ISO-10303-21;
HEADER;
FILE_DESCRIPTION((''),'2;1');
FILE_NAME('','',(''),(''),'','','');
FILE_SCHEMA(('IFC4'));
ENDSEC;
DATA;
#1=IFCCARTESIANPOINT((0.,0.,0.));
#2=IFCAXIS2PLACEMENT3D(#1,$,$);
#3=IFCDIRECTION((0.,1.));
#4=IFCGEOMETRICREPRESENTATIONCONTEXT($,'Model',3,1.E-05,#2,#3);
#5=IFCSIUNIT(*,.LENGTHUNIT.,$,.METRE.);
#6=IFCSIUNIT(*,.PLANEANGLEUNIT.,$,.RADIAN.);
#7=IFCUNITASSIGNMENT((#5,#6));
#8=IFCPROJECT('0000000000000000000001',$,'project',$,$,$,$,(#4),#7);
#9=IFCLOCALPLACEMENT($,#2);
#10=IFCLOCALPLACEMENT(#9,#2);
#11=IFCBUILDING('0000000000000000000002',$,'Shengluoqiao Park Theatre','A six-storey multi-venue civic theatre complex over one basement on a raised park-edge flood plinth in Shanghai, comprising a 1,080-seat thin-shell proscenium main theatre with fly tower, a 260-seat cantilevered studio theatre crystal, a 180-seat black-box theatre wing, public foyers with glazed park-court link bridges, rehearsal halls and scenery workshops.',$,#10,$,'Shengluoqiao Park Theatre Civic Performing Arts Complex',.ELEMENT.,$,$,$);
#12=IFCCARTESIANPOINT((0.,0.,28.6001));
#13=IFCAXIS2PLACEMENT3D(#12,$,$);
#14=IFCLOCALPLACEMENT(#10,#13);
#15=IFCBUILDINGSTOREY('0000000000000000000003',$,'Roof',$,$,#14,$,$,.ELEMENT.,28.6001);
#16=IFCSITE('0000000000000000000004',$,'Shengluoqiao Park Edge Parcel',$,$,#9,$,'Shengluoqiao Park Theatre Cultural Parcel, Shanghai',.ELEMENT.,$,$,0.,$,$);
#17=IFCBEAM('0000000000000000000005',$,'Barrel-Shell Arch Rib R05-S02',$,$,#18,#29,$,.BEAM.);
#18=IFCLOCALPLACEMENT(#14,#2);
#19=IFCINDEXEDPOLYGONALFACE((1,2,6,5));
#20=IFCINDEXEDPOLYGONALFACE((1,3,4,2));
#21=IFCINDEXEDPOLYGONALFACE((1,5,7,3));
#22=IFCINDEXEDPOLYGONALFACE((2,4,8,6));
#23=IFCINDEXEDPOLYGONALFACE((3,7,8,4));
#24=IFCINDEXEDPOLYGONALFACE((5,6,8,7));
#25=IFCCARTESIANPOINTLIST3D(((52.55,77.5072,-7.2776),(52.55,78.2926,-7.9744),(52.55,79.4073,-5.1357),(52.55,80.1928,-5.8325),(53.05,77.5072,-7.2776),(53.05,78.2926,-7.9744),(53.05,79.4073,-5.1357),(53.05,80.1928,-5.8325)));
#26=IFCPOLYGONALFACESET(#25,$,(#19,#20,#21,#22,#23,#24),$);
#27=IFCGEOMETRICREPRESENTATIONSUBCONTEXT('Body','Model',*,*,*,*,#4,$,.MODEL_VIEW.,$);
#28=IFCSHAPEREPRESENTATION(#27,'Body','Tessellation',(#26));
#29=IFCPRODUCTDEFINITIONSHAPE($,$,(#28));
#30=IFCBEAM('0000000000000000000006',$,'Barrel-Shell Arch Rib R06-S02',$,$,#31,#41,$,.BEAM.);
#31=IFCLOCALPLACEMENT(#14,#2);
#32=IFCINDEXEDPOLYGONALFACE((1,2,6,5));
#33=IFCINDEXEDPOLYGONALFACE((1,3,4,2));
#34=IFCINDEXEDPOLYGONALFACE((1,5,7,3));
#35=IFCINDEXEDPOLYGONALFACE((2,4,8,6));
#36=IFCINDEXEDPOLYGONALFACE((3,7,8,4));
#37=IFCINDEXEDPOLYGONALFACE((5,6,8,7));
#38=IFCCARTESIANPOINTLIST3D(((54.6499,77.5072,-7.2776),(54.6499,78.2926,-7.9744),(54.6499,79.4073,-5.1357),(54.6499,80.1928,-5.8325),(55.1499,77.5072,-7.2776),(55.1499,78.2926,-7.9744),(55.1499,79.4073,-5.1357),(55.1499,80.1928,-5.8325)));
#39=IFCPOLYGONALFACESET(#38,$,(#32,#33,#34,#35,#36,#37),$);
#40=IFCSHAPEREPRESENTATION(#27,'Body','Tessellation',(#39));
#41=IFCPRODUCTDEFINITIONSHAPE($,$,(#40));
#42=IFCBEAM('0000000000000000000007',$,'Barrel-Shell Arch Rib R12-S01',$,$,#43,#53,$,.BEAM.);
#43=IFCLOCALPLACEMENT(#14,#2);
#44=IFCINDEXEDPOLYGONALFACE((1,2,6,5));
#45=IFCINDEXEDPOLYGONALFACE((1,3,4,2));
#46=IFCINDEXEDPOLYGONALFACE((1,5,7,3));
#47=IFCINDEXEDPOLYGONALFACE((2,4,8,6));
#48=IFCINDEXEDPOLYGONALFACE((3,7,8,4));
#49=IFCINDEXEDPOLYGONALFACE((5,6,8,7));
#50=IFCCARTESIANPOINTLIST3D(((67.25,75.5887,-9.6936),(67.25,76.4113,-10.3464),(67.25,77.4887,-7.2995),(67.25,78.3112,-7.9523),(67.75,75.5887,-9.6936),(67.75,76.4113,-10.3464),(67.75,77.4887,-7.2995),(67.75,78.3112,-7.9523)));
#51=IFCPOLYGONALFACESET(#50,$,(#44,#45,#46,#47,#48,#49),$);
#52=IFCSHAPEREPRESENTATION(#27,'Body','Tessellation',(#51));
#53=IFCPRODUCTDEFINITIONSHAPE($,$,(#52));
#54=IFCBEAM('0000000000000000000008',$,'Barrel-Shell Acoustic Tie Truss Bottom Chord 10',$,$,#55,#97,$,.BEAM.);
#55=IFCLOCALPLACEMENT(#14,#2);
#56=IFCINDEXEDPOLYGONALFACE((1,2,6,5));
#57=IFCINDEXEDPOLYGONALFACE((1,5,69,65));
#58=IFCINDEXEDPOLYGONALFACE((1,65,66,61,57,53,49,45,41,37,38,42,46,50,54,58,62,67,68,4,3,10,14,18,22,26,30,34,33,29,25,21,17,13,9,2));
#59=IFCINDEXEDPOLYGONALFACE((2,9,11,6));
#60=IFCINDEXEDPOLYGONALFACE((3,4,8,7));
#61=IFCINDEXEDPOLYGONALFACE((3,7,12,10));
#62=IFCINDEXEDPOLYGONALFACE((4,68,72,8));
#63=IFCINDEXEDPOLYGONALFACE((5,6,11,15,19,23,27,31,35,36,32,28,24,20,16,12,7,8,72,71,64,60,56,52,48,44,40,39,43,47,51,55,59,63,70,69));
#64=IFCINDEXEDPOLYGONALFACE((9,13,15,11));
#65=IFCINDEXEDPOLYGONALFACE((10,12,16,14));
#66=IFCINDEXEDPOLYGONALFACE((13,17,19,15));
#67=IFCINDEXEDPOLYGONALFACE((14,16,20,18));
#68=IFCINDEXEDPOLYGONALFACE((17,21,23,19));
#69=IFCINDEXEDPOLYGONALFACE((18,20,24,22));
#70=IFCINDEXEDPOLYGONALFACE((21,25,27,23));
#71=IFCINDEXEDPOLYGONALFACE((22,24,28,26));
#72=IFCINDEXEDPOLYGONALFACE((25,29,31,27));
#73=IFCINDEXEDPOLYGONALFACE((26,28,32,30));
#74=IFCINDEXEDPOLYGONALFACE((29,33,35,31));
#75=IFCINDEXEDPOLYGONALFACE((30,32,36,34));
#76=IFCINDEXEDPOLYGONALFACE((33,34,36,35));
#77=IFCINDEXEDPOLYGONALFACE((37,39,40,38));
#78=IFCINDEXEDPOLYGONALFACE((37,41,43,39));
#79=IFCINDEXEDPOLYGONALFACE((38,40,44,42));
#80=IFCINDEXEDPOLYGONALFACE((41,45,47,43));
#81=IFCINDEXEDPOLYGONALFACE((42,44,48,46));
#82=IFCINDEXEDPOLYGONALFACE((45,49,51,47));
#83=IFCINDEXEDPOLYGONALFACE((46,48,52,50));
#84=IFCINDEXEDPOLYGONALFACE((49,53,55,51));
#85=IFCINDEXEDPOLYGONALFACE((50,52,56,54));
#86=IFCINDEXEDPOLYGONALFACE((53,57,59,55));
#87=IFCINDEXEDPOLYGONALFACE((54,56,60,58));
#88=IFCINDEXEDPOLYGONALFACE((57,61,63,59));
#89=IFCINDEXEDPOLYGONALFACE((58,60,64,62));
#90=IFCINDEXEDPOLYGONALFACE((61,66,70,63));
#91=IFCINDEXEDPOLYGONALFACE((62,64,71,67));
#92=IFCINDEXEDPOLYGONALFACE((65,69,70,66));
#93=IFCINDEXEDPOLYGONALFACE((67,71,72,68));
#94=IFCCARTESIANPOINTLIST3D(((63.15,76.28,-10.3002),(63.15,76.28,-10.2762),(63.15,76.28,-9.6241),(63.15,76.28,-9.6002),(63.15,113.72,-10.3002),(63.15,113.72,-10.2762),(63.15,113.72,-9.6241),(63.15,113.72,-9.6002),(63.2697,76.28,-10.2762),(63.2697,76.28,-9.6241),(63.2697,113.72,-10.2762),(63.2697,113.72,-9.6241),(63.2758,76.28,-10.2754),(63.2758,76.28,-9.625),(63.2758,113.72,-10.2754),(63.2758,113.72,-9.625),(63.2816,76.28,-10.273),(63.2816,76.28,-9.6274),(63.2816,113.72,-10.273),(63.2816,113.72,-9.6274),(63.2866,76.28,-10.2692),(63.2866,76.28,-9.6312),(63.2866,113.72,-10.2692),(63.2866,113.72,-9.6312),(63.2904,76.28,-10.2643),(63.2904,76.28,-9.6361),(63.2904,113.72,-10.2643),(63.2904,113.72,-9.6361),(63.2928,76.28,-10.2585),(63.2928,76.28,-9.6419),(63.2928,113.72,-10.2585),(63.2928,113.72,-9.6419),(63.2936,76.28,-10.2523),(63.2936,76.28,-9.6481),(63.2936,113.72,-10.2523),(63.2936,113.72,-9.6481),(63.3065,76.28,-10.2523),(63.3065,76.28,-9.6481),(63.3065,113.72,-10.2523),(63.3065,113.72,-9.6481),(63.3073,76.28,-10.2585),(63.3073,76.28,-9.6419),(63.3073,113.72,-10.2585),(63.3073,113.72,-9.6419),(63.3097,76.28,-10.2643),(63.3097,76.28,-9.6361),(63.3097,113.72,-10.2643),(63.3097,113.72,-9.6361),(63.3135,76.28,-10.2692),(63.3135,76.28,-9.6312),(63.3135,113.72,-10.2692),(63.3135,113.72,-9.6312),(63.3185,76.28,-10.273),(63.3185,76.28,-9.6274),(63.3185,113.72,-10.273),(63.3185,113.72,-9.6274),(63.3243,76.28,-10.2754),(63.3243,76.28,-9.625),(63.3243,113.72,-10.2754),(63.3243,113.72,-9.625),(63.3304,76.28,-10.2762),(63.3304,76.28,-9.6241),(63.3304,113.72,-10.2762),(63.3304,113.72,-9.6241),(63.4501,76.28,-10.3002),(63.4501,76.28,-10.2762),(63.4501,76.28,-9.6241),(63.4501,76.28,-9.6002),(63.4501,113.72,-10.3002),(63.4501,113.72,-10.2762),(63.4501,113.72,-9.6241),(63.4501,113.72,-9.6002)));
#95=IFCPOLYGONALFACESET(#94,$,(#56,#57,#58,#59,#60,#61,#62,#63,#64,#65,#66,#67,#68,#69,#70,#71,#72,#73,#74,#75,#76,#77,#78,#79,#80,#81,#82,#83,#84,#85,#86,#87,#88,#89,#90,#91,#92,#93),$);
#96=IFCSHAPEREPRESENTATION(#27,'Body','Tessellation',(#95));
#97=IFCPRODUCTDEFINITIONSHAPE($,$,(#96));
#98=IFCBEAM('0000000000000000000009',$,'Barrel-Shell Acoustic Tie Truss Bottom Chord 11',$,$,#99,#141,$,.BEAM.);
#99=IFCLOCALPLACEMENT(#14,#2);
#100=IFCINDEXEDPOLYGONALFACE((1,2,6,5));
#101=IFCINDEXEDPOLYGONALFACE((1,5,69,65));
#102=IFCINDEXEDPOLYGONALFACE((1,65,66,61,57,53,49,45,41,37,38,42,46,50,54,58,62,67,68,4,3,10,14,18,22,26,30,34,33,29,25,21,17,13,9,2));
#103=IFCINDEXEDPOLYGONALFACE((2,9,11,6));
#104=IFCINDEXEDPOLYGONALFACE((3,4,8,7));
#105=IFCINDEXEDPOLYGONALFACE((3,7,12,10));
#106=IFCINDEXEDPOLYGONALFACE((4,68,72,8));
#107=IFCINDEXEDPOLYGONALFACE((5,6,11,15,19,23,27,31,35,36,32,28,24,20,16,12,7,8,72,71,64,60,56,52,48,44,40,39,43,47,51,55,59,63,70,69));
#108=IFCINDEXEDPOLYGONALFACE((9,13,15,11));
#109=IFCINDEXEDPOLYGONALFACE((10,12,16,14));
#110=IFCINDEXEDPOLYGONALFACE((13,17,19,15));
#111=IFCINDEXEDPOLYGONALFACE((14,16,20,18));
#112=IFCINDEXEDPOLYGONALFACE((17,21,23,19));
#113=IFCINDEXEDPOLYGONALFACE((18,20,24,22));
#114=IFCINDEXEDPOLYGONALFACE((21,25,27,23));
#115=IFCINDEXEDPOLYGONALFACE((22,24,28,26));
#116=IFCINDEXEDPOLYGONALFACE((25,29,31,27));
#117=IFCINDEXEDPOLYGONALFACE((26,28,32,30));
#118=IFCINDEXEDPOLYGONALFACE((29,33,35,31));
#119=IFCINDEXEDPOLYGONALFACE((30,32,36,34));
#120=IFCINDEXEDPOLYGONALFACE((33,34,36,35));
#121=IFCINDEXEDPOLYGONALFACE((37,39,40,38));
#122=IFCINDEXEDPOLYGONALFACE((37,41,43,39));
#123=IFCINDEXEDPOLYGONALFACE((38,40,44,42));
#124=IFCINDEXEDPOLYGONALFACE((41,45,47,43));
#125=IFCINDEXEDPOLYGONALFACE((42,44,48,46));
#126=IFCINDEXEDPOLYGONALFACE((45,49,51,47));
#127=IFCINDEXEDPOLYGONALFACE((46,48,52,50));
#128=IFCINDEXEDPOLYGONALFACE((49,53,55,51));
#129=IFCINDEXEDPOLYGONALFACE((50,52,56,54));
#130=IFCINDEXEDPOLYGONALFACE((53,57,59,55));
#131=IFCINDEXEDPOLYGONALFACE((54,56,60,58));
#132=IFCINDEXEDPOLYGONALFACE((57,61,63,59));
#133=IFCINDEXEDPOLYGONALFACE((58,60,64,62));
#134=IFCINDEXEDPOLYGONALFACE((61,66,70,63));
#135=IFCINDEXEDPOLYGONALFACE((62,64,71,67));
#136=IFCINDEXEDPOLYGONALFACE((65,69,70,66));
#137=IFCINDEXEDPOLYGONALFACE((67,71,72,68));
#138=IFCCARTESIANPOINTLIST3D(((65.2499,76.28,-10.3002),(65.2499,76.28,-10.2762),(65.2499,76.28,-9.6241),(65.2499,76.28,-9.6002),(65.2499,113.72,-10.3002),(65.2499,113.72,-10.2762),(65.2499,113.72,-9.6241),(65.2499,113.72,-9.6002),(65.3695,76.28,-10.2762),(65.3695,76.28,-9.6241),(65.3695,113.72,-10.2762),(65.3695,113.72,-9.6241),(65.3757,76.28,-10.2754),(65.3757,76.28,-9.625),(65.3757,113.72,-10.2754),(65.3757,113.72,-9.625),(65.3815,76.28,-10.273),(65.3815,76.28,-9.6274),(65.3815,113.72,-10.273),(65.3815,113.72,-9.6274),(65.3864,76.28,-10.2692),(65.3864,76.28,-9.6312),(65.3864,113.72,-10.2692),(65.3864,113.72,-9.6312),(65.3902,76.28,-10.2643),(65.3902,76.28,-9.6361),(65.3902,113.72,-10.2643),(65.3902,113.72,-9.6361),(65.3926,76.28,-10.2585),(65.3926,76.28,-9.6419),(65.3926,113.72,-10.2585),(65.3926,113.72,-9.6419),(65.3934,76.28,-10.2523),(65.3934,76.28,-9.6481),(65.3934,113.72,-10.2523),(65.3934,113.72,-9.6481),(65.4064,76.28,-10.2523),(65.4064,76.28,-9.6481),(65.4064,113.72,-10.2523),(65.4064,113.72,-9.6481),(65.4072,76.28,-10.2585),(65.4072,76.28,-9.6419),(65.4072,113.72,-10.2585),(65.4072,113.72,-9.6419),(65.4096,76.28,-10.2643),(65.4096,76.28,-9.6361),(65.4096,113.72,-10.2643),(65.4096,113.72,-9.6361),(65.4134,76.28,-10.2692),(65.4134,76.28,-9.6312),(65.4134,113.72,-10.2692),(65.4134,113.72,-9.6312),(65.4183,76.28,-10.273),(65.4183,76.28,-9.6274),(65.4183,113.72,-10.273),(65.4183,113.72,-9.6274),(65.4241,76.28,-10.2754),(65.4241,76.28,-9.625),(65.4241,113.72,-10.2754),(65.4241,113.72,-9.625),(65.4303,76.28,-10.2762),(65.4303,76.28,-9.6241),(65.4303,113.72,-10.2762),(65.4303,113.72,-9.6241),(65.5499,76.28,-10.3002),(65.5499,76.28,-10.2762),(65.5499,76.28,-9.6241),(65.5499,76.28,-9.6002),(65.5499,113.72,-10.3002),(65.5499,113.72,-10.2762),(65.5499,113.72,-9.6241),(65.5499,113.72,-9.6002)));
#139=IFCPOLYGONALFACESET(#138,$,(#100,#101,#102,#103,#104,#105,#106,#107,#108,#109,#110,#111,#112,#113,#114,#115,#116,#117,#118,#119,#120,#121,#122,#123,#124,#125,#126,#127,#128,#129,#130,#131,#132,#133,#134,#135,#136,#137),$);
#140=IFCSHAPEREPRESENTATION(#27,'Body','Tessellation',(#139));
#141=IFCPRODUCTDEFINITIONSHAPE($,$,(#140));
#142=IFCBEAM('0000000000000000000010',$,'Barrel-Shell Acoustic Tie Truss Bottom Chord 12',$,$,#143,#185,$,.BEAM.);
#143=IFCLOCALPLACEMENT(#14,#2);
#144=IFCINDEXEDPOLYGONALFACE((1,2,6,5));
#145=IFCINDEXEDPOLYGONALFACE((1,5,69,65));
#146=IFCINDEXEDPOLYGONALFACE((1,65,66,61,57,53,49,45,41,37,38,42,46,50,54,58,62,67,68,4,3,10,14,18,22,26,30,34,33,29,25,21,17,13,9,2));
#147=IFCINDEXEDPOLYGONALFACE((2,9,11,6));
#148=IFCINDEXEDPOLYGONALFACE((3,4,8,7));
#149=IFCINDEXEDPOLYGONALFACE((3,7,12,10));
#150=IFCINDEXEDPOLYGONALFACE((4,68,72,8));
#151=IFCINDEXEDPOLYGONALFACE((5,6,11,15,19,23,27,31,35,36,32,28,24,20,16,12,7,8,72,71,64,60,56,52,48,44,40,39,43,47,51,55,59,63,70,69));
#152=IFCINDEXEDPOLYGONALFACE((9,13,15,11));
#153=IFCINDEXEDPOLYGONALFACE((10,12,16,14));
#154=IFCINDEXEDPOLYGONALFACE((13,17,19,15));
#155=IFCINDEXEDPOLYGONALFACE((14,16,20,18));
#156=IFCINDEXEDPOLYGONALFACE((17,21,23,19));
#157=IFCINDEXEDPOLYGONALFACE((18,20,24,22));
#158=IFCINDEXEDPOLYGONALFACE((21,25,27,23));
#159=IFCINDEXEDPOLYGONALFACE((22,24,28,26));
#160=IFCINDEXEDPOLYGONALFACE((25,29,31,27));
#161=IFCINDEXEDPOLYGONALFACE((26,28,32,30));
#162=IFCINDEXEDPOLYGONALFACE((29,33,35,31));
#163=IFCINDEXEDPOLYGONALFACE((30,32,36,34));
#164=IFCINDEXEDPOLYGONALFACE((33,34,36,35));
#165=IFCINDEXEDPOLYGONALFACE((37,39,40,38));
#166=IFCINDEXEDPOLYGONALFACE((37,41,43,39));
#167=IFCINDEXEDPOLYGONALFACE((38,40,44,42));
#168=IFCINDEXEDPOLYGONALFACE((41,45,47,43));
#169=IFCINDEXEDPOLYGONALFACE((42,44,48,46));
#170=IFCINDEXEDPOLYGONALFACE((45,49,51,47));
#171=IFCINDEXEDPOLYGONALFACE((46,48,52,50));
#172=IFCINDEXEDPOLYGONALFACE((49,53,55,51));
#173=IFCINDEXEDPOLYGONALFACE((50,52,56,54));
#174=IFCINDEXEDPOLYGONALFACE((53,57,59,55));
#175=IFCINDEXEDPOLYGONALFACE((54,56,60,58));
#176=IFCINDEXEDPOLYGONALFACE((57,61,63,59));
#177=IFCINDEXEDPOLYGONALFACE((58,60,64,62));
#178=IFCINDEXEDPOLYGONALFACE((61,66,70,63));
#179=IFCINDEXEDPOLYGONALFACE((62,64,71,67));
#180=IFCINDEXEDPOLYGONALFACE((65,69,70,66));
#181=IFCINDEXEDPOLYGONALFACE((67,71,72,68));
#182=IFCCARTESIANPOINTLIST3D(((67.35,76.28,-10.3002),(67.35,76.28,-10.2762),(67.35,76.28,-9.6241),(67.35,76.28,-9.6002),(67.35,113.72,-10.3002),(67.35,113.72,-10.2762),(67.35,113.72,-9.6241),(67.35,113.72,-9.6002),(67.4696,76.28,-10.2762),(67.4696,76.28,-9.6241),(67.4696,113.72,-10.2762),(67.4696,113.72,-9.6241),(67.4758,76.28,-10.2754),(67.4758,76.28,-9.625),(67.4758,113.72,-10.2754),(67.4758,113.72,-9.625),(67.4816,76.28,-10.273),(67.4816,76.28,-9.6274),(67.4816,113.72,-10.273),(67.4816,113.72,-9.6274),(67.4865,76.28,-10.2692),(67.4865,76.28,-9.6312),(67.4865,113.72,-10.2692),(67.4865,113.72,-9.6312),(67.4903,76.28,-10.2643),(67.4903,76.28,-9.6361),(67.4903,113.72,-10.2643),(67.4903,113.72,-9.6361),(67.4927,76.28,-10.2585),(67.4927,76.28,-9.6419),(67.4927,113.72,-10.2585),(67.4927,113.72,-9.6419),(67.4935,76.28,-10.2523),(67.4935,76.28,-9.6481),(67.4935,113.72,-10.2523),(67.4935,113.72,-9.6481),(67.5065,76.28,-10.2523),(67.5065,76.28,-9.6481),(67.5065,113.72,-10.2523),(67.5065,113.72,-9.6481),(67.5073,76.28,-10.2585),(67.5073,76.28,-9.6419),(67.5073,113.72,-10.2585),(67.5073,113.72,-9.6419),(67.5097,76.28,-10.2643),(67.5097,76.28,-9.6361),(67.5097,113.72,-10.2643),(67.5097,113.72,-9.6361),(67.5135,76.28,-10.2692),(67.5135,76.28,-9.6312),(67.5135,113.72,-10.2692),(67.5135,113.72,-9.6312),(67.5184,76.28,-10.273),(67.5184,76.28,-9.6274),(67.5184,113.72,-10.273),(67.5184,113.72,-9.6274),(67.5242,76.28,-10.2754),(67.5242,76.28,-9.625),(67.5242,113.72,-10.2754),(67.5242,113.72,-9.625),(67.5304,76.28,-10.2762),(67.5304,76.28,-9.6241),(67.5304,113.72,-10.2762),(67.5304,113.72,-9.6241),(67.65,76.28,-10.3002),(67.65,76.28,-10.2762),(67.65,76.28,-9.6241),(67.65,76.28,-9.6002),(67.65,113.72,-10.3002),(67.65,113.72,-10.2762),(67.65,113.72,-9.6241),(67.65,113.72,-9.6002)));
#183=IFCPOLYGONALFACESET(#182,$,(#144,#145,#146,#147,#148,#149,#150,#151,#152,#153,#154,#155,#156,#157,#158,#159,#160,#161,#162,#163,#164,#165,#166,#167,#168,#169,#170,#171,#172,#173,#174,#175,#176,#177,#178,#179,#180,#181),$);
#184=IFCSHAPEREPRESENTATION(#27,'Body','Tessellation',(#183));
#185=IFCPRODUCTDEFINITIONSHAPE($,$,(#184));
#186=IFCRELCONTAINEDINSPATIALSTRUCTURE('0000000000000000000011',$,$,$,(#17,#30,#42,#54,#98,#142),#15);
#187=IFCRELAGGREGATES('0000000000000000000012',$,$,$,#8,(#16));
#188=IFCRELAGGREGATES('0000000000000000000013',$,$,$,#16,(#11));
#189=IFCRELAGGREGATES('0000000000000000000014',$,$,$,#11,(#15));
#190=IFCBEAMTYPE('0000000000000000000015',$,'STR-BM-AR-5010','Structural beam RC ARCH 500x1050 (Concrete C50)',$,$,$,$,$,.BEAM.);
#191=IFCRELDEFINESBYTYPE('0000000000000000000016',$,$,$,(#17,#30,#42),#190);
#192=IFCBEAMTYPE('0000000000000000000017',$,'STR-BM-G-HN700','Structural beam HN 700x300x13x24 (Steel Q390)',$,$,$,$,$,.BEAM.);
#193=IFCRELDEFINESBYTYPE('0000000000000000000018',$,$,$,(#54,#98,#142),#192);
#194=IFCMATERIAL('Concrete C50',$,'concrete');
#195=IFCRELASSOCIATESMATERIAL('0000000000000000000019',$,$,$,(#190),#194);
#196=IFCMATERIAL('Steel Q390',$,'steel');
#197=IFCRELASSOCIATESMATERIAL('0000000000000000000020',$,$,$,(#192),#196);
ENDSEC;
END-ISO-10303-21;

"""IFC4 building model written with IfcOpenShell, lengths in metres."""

from ifc_helpers import new_model, si_unit, direction, frame, origin, origin_2d, place, context, subcontext, project, spatial, rectangle, i_section, extrude, material, material_profile, profile_set, type_object, element, save


model = new_model("IFC4")

# Units and contexts
model_context = context("Model", 3, precision=1e-05, world=origin(), true_north=direction((0.0, 1.0)))
body_context = subcontext(model_context, "Body", "Model", "MODEL_VIEW")
ifc_project = project(units=[si_unit("LENGTHUNIT", "METRE"), si_unit("PLANEANGLEUNIT", "RADIAN")], contexts=[model_context])

# Site, building, storey
site_placement = place(None, origin())
site = spatial("IfcSite", under=ifc_project, at=site_placement, Name="Shengluoqiao Park Edge Parcel", LongName="Shengluoqiao Park Theatre Cultural Parcel, Shanghai", CompositionType="ELEMENT", RefElevation=0.0)
building_placement = place(site_placement, origin())
building = spatial("IfcBuilding", under=site, at=building_placement, Name="Shengluoqiao Park Theatre", Description="A six-storey multi-venue civic theatre complex over one basement on a raised park-edge flood plinth in Shanghai, comprising a 1,080-seat thin-shell proscenium main theatre with fly tower, a 260-seat cantilevered studio theatre crystal, a 180-seat black-box theatre wing, public foyers with glazed park-court link bridges, rehearsal halls and scenery workshops.", LongName="Shengluoqiao Park Theatre Civic Performing Arts Complex", CompositionType="ELEMENT")
storey_placement = place(building_placement, frame((0.0, 0.0, 28.6001)))
storey = spatial("IfcBuildingStorey", under=building, at=storey_placement, Name="Roof", CompositionType="ELEMENT", Elevation=28.6001)

# Beams
ifc_material_1 = material(Name="Concrete C50", Category="concrete")
ifc_material_profile_1 = material_profile(ifc_material_1, rectangle(XDim=0.5, YDim=1.05, at=origin_2d()), Name="RC ARCH 500x1050")
ifc_profile_set_1 = profile_set([ifc_material_profile_1], Name="Concrete C50")
beam_type_1 = type_object("IfcBeamType", Name="STR-BM-AR-5010", Description="Structural beam RC ARCH 500x1050 (Concrete C50)", PredefinedType="BEAM", material=ifc_profile_set_1)
for number, where, z_axis, x_axis, name in (
    (1, (52.8, 77.8999, -7.626), (0.0, 0.663638, 0.748053), (-1.0, 0.0, 0.0), "Barrel-Shell Arch Rib R05-S02"),
    (2, (54.8999, 77.8999, -7.626), (0.0, 0.663638, 0.748053), (-1.0, 0.0, 0.0), "Barrel-Shell Arch Rib R06-S02"),
):
    element("IfcBeam", number, at=place(storey_placement, frame(where, z_axis=z_axis, x_axis=x_axis)), inside=storey, type_object=beam_type_1, Name=name, PredefinedType="BEAM", context=body_context, shape_type="SweptSolid", body=[
        extrude(rectangle(XDim=0.5, YDim=1.05, at=origin_2d()), origin(), (0.0, 0.0, 1.0), 2.8633),
    ])
beam_1_placement = place(storey_placement, frame((67.5, 76.0, -10.02), z_axis=(0.0, 0.621631, 0.78331), x_axis=(-1.0, 0.0, 0.0)))
element("IfcBeam", 3, at=beam_1_placement, inside=storey, type_object=beam_type_1, Name="Barrel-Shell Arch Rib R12-S01", PredefinedType="BEAM", context=body_context, shape_type="SweptSolid", body=[
    extrude(rectangle(XDim=0.5, YDim=1.05, at=origin_2d()), origin(), (0.0, 0.0, 1.0), 3.0564),
])
ifc_material_2 = material(Name="Steel Q390", Category="steel")
ifc_material_profile_2 = material_profile(ifc_material_2, i_section(OverallWidth=0.3, OverallDepth=0.7, WebThickness=0.0129, FlangeThickness=0.0239, FilletRadius=0.0239, at=origin_2d()), Name="HN 700x300x13x24")
ifc_profile_set_2 = profile_set([ifc_material_profile_2], Name="Steel Q390")
beam_type_2 = type_object("IfcBeamType", Name="STR-BM-G-HN700", Description="Structural beam HN 700x300x13x24 (Steel Q390)", PredefinedType="BEAM", material=ifc_profile_set_2)
for number, where, z_axis, x_axis, name in (
    (4, (63.3, 76.28, -9.9502), (0.0, 1.0, 0.0), (-1.0, 0.0, 0.0), "Barrel-Shell Acoustic Tie Truss Bottom Chord 10"),
    (5, (65.3999, 76.28, -9.9502), (0.0, 1.0, 0.0), (-1.0, 0.0, 0.0), "Barrel-Shell Acoustic Tie Truss Bottom Chord 11"),
    (6, (67.5, 76.28, -9.9502), (0.0, 1.0, 0.0), (-1.0, 0.0, 0.0), "Barrel-Shell Acoustic Tie Truss Bottom Chord 12"),
):
    element("IfcBeam", number, at=place(storey_placement, frame(where, z_axis=z_axis, x_axis=x_axis)), inside=storey, type_object=beam_type_2, Name=name, PredefinedType="BEAM", context=body_context, shape_type="SweptSolid", body=[
        extrude(i_section(OverallWidth=0.3, OverallDepth=0.7, WebThickness=0.0129, FlangeThickness=0.0239, FilletRadius=0.0239, at=origin_2d()), origin(), (0.0, 0.0, 1.0), 37.4399),
    ])

save(model, "model.ifc")
